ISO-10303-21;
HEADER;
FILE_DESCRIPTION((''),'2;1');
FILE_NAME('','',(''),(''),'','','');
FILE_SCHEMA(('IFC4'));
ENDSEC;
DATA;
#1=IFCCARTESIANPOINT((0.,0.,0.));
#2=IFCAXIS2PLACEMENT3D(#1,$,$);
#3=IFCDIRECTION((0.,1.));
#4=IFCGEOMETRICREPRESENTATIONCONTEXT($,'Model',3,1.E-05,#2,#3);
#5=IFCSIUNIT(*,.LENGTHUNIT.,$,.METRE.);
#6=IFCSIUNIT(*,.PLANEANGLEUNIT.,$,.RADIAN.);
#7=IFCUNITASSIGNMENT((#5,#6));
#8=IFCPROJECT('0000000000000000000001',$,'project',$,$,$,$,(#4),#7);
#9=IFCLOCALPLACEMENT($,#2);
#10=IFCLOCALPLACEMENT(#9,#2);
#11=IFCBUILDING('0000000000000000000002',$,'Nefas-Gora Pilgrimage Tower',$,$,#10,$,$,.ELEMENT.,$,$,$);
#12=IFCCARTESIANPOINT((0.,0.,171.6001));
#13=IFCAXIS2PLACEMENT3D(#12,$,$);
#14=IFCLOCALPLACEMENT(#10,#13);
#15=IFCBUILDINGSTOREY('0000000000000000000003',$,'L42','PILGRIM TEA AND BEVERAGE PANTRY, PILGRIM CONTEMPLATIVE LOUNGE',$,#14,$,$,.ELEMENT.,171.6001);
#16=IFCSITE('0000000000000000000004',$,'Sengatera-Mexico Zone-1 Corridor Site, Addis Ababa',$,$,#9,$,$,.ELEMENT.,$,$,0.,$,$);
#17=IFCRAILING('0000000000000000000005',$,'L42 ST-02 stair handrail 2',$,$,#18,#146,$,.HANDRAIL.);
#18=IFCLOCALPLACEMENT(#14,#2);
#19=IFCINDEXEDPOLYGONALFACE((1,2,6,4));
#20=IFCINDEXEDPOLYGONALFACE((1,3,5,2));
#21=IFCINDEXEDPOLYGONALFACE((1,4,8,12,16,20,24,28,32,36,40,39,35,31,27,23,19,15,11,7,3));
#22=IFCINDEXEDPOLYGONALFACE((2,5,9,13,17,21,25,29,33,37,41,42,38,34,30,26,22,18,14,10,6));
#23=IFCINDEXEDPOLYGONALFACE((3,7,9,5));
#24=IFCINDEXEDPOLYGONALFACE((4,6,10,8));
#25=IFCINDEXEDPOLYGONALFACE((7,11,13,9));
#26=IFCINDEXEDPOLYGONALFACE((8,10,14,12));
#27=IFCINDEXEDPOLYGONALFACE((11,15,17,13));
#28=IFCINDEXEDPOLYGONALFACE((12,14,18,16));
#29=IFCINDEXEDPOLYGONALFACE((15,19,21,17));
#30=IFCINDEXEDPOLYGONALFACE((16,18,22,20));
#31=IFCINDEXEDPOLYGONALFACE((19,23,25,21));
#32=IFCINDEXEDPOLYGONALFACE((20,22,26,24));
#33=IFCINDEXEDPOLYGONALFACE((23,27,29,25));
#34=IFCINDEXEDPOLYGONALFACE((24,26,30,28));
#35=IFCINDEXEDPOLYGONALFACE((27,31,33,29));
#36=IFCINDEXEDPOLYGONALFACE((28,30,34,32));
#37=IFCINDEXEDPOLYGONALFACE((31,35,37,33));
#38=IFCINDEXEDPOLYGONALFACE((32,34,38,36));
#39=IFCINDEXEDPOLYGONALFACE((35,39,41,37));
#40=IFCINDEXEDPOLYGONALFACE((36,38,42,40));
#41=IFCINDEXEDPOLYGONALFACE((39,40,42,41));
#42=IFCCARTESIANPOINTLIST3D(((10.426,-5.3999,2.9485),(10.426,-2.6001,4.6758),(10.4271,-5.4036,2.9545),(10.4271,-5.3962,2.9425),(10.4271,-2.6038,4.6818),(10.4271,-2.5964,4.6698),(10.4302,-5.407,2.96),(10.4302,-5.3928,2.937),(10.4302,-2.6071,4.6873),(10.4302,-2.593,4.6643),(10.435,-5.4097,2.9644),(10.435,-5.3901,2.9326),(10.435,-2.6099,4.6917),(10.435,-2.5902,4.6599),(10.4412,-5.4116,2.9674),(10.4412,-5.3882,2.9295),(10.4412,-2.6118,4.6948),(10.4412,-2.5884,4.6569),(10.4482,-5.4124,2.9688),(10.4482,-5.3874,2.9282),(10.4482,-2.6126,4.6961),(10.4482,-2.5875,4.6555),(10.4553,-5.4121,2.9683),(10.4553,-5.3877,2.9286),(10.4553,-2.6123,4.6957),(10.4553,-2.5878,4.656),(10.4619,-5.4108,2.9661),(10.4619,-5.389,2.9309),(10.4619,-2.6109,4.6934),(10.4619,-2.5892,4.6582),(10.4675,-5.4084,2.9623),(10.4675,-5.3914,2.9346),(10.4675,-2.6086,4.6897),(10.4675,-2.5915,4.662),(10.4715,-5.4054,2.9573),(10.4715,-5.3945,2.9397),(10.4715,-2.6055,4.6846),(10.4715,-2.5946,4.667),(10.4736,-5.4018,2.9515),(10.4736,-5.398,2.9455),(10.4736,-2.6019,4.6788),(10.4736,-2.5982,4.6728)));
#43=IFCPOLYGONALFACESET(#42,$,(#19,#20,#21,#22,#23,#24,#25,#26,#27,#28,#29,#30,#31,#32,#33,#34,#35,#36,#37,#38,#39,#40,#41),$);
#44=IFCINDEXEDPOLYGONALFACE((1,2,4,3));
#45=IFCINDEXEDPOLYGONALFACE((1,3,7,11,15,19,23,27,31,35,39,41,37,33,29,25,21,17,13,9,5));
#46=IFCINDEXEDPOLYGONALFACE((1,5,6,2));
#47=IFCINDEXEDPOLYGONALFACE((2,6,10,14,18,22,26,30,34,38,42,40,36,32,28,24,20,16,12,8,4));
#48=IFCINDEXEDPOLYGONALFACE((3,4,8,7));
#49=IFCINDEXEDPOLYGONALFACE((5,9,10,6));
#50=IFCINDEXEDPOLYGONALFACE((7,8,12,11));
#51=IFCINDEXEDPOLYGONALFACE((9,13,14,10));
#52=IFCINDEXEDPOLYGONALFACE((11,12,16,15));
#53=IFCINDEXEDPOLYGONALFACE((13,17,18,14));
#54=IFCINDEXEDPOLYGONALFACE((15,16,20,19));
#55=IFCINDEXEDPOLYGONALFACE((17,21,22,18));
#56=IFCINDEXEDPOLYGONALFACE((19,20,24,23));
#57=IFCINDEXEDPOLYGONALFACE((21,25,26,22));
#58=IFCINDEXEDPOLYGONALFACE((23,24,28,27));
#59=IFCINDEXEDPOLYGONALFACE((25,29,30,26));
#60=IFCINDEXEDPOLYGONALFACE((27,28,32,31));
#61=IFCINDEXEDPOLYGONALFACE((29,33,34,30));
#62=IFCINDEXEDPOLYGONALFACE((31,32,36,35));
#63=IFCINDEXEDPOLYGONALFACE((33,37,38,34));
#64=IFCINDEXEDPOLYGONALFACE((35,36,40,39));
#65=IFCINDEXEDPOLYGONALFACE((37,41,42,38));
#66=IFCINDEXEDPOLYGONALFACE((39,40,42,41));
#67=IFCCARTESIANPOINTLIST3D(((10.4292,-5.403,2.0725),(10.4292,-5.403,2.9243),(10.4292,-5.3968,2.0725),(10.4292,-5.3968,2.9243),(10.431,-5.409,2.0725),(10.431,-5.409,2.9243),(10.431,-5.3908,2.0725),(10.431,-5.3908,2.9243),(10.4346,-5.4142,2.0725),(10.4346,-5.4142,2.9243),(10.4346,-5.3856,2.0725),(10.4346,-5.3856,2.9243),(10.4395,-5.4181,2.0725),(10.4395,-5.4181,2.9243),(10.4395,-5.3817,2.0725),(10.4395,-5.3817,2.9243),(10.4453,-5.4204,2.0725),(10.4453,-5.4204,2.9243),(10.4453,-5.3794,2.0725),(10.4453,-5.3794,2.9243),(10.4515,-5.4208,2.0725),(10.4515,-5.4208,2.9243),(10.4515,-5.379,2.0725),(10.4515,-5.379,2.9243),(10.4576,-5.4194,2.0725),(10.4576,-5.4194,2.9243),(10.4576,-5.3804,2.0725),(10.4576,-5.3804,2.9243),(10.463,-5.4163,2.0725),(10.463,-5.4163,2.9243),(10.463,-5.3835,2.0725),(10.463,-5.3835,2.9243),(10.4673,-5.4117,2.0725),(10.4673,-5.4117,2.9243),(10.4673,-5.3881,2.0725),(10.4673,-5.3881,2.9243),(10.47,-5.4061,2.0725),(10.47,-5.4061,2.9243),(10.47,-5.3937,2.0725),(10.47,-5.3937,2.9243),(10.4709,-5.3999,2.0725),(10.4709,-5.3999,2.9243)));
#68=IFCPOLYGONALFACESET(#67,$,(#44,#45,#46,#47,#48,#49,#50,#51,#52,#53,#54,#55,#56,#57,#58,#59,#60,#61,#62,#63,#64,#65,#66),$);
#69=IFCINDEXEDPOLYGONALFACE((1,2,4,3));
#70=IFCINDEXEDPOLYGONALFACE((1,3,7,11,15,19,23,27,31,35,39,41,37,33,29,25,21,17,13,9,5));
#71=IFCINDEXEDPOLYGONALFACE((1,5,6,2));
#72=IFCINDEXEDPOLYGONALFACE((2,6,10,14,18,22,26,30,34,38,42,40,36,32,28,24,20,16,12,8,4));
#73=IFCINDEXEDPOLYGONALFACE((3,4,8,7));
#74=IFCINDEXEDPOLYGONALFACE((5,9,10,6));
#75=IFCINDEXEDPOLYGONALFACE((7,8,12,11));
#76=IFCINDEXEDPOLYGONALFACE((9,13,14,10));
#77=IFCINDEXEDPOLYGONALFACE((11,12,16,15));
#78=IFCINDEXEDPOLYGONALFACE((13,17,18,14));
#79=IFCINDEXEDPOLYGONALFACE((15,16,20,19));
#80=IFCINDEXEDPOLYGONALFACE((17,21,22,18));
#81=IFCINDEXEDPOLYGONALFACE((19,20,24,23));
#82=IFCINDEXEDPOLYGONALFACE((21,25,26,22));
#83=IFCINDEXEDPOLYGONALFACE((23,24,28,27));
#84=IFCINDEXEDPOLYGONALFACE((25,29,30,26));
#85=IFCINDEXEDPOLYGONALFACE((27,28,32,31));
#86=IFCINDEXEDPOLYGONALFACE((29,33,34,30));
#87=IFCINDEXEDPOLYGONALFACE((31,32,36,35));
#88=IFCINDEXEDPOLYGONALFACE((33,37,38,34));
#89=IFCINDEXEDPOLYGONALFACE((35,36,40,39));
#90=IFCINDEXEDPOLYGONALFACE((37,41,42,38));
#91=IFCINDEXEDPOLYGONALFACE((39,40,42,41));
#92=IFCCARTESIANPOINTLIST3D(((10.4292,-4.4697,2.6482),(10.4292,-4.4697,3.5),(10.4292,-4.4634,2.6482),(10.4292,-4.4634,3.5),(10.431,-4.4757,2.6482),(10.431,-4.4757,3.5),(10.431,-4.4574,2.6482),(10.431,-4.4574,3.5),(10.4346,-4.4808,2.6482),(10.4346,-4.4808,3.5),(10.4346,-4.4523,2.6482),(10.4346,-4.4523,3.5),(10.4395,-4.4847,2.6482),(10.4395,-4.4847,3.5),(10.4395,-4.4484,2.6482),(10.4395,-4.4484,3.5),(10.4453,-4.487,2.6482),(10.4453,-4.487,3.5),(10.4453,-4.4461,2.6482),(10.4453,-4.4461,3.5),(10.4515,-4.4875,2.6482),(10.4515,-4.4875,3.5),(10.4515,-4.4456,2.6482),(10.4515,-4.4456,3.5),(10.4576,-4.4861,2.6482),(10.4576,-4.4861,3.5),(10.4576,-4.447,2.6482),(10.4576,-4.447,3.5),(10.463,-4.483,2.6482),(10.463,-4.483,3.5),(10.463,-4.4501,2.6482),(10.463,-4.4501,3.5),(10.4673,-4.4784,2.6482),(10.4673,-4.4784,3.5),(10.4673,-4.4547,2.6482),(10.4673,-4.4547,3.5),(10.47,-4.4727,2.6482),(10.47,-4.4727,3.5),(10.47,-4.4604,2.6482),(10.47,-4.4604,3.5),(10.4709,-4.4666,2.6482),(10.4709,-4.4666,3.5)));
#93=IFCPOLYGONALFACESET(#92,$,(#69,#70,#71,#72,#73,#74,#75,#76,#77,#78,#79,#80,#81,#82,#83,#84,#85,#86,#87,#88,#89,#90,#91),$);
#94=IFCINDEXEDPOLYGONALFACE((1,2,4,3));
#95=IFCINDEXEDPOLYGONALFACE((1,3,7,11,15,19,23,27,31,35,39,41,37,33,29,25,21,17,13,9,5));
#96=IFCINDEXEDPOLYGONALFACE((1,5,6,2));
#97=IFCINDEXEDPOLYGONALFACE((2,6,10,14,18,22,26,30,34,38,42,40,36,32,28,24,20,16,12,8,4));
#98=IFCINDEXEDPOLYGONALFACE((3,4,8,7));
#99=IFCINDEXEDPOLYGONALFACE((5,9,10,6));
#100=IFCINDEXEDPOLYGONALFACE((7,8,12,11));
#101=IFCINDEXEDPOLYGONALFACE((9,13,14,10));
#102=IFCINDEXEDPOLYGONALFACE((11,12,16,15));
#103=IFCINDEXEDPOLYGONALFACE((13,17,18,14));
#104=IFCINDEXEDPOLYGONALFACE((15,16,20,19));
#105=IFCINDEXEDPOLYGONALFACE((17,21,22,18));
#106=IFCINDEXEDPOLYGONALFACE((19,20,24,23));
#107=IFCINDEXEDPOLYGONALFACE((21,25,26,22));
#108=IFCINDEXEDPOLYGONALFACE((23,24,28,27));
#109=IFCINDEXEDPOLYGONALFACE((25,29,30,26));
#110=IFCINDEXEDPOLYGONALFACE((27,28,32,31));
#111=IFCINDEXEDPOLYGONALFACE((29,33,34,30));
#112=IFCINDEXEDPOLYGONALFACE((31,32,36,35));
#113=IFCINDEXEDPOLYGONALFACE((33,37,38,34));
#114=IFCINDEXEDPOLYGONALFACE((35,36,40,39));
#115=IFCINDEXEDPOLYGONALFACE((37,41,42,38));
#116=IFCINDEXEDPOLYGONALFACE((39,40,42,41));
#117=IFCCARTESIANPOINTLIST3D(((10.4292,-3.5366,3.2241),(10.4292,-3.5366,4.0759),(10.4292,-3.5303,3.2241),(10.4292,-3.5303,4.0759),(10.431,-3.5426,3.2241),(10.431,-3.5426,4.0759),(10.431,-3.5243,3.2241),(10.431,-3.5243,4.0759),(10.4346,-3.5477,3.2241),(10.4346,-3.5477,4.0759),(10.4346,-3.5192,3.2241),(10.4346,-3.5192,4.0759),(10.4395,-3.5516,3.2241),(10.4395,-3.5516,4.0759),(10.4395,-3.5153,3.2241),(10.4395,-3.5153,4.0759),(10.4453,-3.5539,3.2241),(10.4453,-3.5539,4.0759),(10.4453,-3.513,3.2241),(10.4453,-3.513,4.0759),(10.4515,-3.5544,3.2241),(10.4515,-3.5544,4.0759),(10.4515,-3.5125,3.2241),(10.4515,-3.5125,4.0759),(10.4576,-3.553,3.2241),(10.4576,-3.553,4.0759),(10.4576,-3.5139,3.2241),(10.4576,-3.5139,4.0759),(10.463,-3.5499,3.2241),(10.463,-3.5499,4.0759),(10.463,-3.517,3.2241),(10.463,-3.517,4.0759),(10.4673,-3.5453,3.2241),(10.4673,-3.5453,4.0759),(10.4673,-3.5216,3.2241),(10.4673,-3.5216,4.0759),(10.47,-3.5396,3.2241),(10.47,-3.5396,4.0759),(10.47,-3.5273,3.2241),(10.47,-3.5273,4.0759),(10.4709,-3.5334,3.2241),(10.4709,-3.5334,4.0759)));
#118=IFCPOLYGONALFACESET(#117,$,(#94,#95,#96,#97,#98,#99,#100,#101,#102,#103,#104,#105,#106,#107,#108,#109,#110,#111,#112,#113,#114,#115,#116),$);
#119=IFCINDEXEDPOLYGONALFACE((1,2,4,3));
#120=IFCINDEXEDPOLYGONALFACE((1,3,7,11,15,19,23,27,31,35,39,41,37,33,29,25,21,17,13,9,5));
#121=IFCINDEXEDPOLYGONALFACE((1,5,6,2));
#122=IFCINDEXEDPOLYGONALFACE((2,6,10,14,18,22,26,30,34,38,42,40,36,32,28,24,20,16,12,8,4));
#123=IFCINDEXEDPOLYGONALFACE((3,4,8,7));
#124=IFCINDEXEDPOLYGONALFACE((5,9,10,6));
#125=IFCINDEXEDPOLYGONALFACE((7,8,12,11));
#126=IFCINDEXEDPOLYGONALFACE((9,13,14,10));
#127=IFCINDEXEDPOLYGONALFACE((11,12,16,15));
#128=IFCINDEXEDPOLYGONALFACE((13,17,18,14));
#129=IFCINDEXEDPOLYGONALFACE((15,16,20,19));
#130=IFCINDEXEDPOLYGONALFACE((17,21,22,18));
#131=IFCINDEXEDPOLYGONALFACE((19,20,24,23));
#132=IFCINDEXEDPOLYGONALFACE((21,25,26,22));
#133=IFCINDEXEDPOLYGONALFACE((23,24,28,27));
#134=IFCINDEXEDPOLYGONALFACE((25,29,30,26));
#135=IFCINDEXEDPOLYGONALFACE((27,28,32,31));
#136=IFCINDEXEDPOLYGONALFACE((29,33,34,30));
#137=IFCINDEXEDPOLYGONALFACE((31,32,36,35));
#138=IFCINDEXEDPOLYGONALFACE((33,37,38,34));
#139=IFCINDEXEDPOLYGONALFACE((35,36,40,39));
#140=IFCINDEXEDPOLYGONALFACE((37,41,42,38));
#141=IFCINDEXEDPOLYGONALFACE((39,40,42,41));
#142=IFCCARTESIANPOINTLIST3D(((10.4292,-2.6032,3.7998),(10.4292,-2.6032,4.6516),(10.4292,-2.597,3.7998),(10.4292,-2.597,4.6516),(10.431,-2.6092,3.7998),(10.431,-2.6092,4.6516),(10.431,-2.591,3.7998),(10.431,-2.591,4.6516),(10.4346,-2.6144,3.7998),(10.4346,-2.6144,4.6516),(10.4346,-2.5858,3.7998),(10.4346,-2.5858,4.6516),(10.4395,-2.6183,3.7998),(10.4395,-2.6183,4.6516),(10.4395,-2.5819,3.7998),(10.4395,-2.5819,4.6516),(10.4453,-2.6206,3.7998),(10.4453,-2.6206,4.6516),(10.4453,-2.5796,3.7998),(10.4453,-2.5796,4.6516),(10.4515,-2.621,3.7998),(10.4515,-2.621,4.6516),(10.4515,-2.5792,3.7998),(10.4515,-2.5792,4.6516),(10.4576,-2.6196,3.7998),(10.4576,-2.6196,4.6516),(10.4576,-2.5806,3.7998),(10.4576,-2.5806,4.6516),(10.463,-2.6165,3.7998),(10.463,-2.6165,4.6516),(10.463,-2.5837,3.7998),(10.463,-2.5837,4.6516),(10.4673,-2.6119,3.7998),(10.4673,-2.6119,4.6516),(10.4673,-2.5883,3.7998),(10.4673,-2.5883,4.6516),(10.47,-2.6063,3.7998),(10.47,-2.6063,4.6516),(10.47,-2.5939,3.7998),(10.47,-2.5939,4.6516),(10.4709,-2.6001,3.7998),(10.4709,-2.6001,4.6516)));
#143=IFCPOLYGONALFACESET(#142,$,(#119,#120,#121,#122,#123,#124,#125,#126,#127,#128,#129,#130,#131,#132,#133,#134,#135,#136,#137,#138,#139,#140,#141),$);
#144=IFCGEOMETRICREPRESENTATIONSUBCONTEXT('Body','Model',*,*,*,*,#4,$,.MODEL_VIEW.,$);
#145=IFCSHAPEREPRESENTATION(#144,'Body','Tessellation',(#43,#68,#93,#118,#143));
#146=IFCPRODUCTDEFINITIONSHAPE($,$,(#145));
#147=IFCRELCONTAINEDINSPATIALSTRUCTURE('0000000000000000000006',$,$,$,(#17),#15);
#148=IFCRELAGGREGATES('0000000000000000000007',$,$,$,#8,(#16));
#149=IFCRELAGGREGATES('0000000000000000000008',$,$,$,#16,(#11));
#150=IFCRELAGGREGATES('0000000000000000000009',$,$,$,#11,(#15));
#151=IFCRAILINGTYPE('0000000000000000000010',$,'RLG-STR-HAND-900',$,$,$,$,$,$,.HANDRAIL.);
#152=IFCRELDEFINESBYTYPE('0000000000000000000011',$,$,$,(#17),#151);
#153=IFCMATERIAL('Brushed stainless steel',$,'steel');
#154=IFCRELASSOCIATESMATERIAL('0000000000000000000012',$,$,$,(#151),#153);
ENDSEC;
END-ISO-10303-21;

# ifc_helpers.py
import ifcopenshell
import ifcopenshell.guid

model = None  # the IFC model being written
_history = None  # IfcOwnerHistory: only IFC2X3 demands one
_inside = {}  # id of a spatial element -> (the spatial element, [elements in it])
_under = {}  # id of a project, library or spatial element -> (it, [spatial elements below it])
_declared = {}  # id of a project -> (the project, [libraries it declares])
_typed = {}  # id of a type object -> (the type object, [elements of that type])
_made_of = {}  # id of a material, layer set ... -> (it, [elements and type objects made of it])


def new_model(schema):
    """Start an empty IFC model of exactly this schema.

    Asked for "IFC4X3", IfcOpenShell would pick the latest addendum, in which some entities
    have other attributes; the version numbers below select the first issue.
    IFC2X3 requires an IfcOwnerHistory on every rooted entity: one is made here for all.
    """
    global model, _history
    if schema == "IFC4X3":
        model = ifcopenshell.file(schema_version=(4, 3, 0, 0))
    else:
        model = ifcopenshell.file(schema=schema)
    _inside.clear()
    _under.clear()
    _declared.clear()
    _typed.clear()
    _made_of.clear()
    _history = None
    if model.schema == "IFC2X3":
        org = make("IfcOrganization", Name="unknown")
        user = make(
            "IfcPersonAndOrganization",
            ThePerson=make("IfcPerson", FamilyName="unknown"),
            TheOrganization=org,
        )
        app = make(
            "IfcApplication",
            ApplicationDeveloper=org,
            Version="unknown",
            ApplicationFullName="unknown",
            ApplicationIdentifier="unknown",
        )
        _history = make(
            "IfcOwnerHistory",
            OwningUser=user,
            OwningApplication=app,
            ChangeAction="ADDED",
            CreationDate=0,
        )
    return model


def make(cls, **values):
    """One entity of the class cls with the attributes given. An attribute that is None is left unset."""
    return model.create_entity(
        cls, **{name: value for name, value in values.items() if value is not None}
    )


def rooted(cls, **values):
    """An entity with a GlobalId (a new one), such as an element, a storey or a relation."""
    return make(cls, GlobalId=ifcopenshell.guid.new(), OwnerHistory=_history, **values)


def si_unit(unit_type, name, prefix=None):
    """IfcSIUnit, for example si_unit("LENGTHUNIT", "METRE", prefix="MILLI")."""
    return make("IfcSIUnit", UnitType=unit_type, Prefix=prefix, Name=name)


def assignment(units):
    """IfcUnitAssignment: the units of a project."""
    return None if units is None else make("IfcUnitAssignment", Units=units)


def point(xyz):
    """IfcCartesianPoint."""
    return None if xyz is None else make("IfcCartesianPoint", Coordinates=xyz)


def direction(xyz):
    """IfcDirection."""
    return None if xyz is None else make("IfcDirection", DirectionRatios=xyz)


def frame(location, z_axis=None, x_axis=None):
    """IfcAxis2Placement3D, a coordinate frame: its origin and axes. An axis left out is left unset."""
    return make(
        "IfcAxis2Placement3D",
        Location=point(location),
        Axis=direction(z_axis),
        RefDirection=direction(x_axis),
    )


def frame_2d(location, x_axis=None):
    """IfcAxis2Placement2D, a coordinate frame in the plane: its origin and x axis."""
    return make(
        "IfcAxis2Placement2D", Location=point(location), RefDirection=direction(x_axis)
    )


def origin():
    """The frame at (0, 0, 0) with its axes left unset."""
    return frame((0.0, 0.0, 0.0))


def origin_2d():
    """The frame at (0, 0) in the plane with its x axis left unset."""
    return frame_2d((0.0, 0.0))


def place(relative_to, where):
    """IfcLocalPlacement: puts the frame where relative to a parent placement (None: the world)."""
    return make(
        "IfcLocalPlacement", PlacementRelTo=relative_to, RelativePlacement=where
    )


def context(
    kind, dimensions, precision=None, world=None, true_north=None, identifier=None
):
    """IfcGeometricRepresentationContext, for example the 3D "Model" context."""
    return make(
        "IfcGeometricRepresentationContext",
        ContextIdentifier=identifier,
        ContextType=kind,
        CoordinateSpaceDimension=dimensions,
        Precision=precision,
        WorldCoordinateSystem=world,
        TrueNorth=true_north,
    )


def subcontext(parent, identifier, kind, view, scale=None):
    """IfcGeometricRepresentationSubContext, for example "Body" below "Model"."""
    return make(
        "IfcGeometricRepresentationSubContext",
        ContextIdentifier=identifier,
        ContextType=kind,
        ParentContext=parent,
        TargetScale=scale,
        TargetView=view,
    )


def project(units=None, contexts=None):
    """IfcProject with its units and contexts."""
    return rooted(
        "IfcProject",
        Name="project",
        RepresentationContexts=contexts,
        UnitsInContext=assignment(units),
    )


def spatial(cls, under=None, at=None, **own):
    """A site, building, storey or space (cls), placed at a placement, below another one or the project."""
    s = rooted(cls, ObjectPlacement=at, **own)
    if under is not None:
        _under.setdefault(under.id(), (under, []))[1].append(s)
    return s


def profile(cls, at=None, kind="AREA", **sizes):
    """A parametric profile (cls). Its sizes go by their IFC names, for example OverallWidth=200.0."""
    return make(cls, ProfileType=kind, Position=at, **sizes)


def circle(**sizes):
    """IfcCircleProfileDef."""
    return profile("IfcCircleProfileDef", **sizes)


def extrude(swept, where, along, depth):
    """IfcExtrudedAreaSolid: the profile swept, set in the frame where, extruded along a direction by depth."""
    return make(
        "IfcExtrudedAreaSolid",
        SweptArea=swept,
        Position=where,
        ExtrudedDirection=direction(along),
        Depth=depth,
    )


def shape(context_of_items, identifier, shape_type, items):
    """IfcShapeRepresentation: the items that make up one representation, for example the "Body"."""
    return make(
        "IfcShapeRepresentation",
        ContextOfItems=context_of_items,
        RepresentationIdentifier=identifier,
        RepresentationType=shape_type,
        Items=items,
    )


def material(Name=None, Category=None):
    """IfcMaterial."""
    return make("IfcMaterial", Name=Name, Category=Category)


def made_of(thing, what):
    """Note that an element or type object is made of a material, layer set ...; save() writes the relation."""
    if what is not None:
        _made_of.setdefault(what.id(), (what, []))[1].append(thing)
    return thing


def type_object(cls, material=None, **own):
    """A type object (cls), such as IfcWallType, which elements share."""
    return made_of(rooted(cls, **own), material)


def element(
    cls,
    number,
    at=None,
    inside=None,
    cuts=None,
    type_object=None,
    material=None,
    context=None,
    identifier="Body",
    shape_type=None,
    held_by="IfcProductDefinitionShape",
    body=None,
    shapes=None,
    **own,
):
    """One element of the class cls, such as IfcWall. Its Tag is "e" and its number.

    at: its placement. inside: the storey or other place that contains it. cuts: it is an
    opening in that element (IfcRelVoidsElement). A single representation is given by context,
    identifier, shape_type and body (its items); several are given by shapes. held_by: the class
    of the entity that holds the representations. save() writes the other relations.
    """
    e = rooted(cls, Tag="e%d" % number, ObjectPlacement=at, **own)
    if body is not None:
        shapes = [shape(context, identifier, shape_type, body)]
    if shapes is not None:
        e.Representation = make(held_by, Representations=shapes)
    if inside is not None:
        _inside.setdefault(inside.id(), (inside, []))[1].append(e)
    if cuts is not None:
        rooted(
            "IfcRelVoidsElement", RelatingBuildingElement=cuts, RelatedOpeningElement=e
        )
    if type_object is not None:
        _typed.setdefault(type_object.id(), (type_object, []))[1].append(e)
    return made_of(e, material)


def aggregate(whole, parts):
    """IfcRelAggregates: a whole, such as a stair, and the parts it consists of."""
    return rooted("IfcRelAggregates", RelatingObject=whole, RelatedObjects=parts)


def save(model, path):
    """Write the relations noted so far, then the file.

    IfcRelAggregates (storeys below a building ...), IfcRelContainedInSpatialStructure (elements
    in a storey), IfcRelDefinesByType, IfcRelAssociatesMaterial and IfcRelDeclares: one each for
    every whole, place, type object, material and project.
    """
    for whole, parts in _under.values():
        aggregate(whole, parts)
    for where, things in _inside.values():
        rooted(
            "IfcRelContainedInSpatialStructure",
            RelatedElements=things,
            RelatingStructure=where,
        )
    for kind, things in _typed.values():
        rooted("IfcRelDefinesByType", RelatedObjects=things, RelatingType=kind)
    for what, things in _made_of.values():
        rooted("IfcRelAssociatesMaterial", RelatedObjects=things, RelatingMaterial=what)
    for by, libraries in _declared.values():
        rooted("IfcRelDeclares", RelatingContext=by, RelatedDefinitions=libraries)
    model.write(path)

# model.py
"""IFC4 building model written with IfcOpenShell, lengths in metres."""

from ifc_helpers import new_model, si_unit, direction, frame, origin, origin_2d, place, context, subcontext, project, spatial, circle, extrude, material, type_object, element, save


model = new_model("IFC4")

# Units and contexts
model_context = context("Model", 3, precision=1e-05, world=origin(), true_north=direction((0.0, 1.0)))
body_context = subcontext(model_context, "Body", "Model", "MODEL_VIEW")
ifc_project = project(units=[si_unit("LENGTHUNIT", "METRE"), si_unit("PLANEANGLEUNIT", "RADIAN")], contexts=[model_context])

# Site, building, storey
site_placement = place(None, origin())
site = spatial("IfcSite", under=ifc_project, at=site_placement, Name="Sengatera-Mexico Zone-1 Corridor Site, Addis Ababa", CompositionType="ELEMENT", RefElevation=0.0)
building_placement = place(site_placement, origin())
building = spatial("IfcBuilding", under=site, at=building_placement, Name="Nefas-Gora Pilgrimage Tower", CompositionType="ELEMENT")
storey_placement = place(building_placement, frame((0.0, 0.0, 171.6001)))
storey = spatial("IfcBuildingStorey", under=building, at=storey_placement, Name="L42", Description="PILGRIM TEA AND BEVERAGE PANTRY, PILGRIM CONTEMPLATIVE LOUNGE", CompositionType="ELEMENT", Elevation=171.6001)

# Railing
ifc_material_1 = material(Name="Brushed stainless steel", Category="steel")
railing_type_1 = type_object("IfcRailingType", Name="RLG-STR-HAND-900", PredefinedType="HANDRAIL", material=ifc_material_1)
railing_1_placement = place(storey_placement, frame((10.45, -5.3999, 2.0725)))
element("IfcRailing", 1, at=railing_1_placement, inside=storey, type_object=railing_type_1, Name="L42 ST-02 stair handrail 2", PredefinedType="HANDRAIL", context=body_context, shape_type="SweptSolid", body=[
    extrude(circle(Radius=0.0239, at=origin_2d()), frame((0.0, 0.0, 0.876), z_axis=(0.0, 0.851069, 0.525054), x_axis=(-1.0, 0.0, 0.0)), (0.0, 0.0, 1.0), 3.2898),
    extrude(circle(Radius=0.021, at=origin_2d()), origin(), (0.0, 0.0, 1.0), 0.8518),
    extrude(circle(Radius=0.021, at=origin_2d()), frame((0.0, 0.9333, 0.5757)), (0.0, 0.0, 1.0), 0.8518),
    extrude(circle(Radius=0.021, at=origin_2d()), frame((0.0, 1.8665, 1.1516)), (0.0, 0.0, 1.0), 0.8518),
    extrude(circle(Radius=0.021, at=origin_2d()), frame((0.0, 2.7998, 1.7273)), (0.0, 0.0, 1.0), 0.8518),
])

save(model, "model.ifc")
